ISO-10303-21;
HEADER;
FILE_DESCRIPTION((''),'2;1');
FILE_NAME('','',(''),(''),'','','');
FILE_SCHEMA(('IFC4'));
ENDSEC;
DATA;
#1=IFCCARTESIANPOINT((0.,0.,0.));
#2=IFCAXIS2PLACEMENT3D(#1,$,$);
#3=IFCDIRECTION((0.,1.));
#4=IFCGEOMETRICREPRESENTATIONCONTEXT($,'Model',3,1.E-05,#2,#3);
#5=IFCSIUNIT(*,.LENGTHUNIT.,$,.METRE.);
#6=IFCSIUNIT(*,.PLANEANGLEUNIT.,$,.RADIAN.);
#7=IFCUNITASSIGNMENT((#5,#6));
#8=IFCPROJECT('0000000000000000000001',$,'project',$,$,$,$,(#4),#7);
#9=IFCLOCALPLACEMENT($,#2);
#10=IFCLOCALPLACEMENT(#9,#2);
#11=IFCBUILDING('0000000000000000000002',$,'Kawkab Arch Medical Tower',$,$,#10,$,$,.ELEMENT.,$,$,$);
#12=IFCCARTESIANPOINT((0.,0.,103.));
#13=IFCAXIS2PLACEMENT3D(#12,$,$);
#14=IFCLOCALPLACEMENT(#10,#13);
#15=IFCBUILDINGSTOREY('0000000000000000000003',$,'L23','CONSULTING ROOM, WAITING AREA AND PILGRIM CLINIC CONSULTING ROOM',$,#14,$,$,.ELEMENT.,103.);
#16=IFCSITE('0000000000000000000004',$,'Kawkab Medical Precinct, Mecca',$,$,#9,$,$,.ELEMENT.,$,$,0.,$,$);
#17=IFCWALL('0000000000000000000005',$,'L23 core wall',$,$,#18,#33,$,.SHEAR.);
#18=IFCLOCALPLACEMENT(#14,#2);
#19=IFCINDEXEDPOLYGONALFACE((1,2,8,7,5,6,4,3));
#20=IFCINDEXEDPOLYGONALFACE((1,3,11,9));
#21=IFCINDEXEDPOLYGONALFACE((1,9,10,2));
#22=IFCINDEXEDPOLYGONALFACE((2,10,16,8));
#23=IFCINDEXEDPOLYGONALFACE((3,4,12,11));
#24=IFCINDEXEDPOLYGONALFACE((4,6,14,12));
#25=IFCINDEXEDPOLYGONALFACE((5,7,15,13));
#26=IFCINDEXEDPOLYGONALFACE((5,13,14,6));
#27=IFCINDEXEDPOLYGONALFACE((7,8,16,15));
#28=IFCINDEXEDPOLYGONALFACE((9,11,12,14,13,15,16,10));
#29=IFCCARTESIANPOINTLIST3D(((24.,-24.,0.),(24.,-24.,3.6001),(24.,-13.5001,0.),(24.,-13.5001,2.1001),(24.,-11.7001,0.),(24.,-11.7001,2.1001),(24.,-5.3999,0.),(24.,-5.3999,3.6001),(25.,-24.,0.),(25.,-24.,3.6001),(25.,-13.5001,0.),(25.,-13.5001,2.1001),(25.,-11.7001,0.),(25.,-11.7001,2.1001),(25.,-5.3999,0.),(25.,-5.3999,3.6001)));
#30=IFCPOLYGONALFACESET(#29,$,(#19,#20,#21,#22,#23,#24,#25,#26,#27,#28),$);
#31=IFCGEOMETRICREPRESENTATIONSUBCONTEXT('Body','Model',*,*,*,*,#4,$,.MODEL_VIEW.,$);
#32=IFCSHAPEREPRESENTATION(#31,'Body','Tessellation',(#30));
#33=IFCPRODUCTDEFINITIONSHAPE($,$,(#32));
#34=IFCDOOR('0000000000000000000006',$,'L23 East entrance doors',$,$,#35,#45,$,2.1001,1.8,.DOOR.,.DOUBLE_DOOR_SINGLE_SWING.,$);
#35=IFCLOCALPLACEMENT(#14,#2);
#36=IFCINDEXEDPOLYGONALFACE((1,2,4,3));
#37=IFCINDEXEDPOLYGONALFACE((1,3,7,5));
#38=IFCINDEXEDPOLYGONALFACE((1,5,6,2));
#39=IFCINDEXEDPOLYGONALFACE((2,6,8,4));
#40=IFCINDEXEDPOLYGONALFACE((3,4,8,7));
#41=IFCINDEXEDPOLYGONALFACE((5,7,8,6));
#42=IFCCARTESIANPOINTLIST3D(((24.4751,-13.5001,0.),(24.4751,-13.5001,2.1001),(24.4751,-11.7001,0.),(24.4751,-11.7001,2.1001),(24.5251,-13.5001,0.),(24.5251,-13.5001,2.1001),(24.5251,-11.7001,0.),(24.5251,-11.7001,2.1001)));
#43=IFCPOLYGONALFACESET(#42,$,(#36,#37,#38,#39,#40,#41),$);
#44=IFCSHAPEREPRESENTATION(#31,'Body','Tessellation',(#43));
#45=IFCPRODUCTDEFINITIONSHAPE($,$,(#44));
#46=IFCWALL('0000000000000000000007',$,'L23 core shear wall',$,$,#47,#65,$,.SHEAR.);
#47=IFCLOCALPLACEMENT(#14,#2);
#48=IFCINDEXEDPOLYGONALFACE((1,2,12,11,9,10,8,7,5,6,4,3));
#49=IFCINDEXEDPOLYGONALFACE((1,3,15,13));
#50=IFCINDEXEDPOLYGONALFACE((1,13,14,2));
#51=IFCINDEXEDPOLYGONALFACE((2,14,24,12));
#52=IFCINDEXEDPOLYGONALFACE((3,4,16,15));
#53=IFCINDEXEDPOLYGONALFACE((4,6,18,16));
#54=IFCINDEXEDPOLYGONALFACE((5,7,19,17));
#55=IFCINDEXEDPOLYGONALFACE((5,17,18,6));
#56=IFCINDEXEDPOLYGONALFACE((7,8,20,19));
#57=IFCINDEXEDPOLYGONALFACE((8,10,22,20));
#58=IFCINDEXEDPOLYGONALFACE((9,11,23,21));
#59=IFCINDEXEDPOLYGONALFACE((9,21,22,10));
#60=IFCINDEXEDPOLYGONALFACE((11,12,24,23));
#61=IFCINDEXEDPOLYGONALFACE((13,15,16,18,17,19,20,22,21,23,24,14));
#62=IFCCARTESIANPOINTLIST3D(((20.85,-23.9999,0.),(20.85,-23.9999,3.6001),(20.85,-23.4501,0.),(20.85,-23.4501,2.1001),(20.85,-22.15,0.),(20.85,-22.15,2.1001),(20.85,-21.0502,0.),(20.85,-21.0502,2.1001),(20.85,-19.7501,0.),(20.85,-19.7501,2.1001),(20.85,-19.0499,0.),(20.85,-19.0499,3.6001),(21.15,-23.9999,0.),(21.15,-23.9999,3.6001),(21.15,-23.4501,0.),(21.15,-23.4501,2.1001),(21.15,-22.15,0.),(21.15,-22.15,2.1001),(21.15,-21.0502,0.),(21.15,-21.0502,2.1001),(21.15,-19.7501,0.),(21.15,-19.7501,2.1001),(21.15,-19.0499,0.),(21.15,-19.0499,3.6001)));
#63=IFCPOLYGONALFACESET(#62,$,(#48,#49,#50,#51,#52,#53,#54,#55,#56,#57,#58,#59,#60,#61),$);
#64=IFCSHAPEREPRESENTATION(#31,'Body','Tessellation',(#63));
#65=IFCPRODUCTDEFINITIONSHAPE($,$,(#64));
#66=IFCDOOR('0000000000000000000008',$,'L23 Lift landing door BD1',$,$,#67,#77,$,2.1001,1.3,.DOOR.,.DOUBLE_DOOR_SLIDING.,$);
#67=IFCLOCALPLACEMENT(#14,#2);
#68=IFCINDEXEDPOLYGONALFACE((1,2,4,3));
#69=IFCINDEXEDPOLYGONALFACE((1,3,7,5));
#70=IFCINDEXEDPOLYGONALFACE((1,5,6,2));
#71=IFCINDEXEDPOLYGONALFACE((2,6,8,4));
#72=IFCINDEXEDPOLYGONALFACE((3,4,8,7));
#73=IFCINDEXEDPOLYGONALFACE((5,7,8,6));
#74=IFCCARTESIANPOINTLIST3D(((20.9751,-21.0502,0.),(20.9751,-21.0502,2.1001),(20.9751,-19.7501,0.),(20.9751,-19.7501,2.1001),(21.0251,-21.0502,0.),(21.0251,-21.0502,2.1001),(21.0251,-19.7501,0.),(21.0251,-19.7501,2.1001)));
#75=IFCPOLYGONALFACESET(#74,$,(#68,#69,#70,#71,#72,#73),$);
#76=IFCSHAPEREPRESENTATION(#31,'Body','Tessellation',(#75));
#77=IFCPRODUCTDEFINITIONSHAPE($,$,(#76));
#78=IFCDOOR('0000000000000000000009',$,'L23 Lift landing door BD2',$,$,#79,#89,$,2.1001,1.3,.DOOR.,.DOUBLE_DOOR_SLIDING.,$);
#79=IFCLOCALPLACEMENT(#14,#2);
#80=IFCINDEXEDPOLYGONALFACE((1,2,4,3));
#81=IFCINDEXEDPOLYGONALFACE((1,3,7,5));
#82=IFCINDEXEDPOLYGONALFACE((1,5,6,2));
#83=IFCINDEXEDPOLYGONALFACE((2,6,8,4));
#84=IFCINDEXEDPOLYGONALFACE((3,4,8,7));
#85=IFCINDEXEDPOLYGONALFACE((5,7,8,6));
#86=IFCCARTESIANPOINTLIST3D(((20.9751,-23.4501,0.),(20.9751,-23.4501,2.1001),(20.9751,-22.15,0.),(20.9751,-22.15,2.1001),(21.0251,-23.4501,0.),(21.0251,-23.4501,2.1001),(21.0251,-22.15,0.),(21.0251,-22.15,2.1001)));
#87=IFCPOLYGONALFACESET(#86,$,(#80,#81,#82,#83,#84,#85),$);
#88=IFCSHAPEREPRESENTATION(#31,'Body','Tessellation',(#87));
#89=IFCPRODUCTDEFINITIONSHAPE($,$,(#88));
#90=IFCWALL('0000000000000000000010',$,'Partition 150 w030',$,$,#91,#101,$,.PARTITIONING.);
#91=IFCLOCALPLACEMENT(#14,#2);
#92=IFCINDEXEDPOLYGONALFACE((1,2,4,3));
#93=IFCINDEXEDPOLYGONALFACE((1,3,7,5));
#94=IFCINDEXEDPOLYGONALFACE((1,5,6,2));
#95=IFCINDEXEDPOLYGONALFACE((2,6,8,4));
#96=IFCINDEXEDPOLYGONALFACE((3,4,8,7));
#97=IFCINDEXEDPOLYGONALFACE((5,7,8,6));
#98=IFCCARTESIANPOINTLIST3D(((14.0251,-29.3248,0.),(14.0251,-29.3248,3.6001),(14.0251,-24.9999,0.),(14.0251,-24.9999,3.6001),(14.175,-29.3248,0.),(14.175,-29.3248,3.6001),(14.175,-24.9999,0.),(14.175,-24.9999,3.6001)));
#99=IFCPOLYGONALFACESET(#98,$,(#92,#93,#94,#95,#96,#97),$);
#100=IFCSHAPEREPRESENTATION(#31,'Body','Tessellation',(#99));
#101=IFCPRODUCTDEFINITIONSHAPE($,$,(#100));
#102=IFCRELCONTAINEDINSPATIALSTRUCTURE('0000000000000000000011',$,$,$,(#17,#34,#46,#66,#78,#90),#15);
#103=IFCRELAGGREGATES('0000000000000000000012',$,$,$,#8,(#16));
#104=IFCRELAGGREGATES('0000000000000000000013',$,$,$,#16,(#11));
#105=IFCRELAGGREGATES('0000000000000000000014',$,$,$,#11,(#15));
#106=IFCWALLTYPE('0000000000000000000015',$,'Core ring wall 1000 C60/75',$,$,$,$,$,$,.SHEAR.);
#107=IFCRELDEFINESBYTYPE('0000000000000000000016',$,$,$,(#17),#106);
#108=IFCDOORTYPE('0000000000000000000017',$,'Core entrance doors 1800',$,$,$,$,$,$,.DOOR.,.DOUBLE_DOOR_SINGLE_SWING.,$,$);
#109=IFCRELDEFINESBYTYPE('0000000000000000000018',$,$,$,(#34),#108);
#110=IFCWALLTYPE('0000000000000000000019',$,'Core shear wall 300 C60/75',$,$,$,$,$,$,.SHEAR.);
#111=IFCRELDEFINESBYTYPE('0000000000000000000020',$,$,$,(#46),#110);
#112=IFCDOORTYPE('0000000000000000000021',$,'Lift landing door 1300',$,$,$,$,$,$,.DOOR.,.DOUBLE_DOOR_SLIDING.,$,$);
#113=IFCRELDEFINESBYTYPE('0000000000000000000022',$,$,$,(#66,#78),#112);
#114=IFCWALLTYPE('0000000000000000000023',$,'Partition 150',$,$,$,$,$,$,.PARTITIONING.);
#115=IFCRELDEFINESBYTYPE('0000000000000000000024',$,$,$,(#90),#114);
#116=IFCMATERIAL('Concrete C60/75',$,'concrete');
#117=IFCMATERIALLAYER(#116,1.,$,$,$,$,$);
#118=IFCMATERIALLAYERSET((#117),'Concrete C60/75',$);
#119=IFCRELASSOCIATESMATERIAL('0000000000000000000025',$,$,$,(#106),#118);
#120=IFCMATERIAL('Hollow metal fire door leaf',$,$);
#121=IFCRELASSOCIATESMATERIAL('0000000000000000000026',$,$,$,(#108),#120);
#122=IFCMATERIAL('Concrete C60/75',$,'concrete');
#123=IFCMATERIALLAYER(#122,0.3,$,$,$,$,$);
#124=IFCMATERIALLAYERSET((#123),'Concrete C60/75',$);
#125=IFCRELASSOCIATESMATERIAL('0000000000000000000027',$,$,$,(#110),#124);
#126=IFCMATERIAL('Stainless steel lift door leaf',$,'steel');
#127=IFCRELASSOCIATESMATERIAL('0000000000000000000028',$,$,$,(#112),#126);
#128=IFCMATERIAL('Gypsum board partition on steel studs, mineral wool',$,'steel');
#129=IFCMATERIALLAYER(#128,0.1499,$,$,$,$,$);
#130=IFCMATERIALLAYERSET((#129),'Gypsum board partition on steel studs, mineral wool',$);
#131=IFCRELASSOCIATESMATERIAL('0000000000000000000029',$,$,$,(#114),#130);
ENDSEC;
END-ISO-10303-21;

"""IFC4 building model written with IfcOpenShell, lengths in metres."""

from ifc_helpers import new_model, si_unit, direction, frame, frame_2d, origin, place, context, subcontext, project, spatial, rectangle, extrude, material, layer, layer_set, type_object, element, fill, save


model = new_model("IFC4")

# Units and contexts
model_context = context("Model", 3, precision=1e-05, world=origin(), true_north=direction((0.0, 1.0)))
body_context = subcontext(model_context, "Body", "Model", "MODEL_VIEW")
ifc_project = project(units=[si_unit("LENGTHUNIT", "METRE"), si_unit("PLANEANGLEUNIT", "RADIAN")], contexts=[model_context])

# Site, building, storey
site_placement = place(None, origin())
site = spatial("IfcSite", under=ifc_project, at=site_placement, Name="Kawkab Medical Precinct, Mecca", CompositionType="ELEMENT", RefElevation=0.0)
building_placement = place(site_placement, origin())
building = spatial("IfcBuilding", under=site, at=building_placement, Name="Kawkab Arch Medical Tower", CompositionType="ELEMENT")
storey_placement = place(building_placement, frame((0.0, 0.0, 103.0)))
storey = spatial("IfcBuildingStorey", under=building, at=storey_placement, Name="L23", Description="CONSULTING ROOM, WAITING AREA AND PILGRIM CLINIC CONSULTING ROOM", CompositionType="ELEMENT", Elevation=103.0)

# Wall, opening, door
ifc_material_1 = material(Name="Concrete C60/75", Category="concrete")
ifc_layer_1 = layer(ifc_material_1, 1.0)
ifc_layer_set_1 = layer_set([ifc_layer_1], Name="Concrete C60/75")
wall_type_1 = type_object("IfcWallType", Name="Core ring wall 1000 C60/75", PredefinedType="SHEAR", material=ifc_layer_set_1)
wall_1_placement = place(storey_placement, frame((24.5, -24.0, 0.0), z_axis=(0.0, 0.0, 1.0), x_axis=(0.0, 1.0, 0.0)))
wall_1 = element("IfcWall", 1, at=wall_1_placement, inside=storey, type_object=wall_type_1, Name="L23 core wall", PredefinedType="SHEAR", context=body_context, shape_type="SweptSolid", body=[
    extrude(rectangle(XDim=18.6001, YDim=1.0, at=frame_2d((9.3, 0.0))), origin(), (0.0, 0.0, 1.0), 3.6001),
])
opening_1_placement = place(wall_1_placement, frame((10.5, 0.0, 0.0)))
opening_1 = element("IfcOpeningElement", 2, at=opening_1_placement, cuts=wall_1, PredefinedType="OPENING", context=body_context, shape_type="SweptSolid", body=[
    extrude(rectangle(XDim=1.8, YDim=2.1001, at=frame_2d((0.8999, 1.05))), frame((0.0, 0.51, 0.0), z_axis=(0.0, -1.0, 0.0), x_axis=(1.0, 0.0, 0.0)), (0.0, 0.0, 1.0), 1.02),
])
ifc_material_2 = material(Name="Hollow metal fire door leaf")
door_type_1 = type_object("IfcDoorType", Name="Core entrance doors 1800", OperationType="DOUBLE_DOOR_SINGLE_SWING", PredefinedType="DOOR", material=ifc_material_2)
door_1_placement = place(opening_1_placement, origin())
door_1 = element("IfcDoor", 3, at=door_1_placement, inside=storey, type_object=door_type_1, Name="L23 East entrance doors", OperationType="DOUBLE_DOOR_SINGLE_SWING", OverallHeight=2.1001, OverallWidth=1.8, PredefinedType="DOOR", context=body_context, shape_type="SweptSolid", body=[
    extrude(rectangle(XDim=1.8, YDim=2.1001, at=frame_2d((0.8999, 1.05))), frame((0.0, 0.0249, 0.0), z_axis=(0.0, -1.0, 0.0), x_axis=(1.0, 0.0, 0.0)), (0.0, 0.0, 1.0), 0.05),
])
fill(opening_1, door_1)

# Wall, openings, doors
ifc_material_3 = material(Name="Concrete C60/75", Category="concrete")
ifc_layer_2 = layer(ifc_material_3, 0.3)
ifc_layer_set_2 = layer_set([ifc_layer_2], Name="Concrete C60/75")
wall_type_2 = type_object("IfcWallType", Name="Core shear wall 300 C60/75", PredefinedType="SHEAR", material=ifc_layer_set_2)
wall_2_placement = place(storey_placement, frame((21.0, -24.0, 0.0), z_axis=(0.0, 0.0, 1.0), x_axis=(0.0, 1.0, 0.0)))
wall_2 = element("IfcWall", 4, at=wall_2_placement, inside=storey, type_object=wall_type_2, Name="L23 core shear wall", PredefinedType="SHEAR", context=body_context, shape_type="SweptSolid", body=[
    extrude(rectangle(XDim=4.95, YDim=0.3, at=frame_2d((2.4751, 0.0))), origin(), (0.0, 0.0, 1.0), 3.6001),
])
opening_2_placement = place(wall_2_placement, frame((2.95, 0.0, 0.0)))
opening_2 = element("IfcOpeningElement", 5, at=opening_2_placement, cuts=wall_2, PredefinedType="OPENING", context=body_context, shape_type="SweptSolid", body=[
    extrude(rectangle(XDim=1.3, YDim=2.1001, at=frame_2d((0.6499, 1.05))), frame((0.0, 0.1599, 0.0), z_axis=(0.0, -1.0, 0.0), x_axis=(1.0, 0.0, 0.0)), (0.0, 0.0, 1.0), 0.3201),
])
opening_3_placement = place(wall_2_placement, frame((0.55, 0.0, 0.0)))
opening_3 = element("IfcOpeningElement", 6, at=opening_3_placement, cuts=wall_2, PredefinedType="OPENING", context=body_context, shape_type="SweptSolid", body=[
    extrude(rectangle(XDim=1.3, YDim=2.1001, at=frame_2d((0.6499, 1.05))), frame((0.0, 0.1599, 0.0), z_axis=(0.0, -1.0, 0.0), x_axis=(1.0, 0.0, 0.0)), (0.0, 0.0, 1.0), 0.3201),
])
ifc_material_4 = material(Name="Stainless steel lift door leaf", Category="steel")
door_type_2 = type_object("IfcDoorType", Name="Lift landing door 1300", OperationType="DOUBLE_DOOR_SLIDING", PredefinedType="DOOR", material=ifc_material_4)
door_2_placement = place(opening_2_placement, origin())
door_2 = element("IfcDoor", 7, at=door_2_placement, inside=storey, type_object=door_type_2, Name="L23 Lift landing door BD1", OperationType="DOUBLE_DOOR_SLIDING", OverallHeight=2.1001, OverallWidth=1.3, PredefinedType="DOOR", context=body_context, shape_type="SweptSolid", body=[
    extrude(rectangle(XDim=1.3, YDim=2.1001, at=frame_2d((0.6499, 1.05))), frame((0.0, 0.0249, 0.0), z_axis=(0.0, -1.0, 0.0), x_axis=(1.0, 0.0, 0.0)), (0.0, 0.0, 1.0), 0.05),
])
fill(opening_2, door_2)
door_3_placement = place(opening_3_placement, origin())
door_3 = element("IfcDoor", 8, at=door_3_placement, inside=storey, type_object=door_type_2, Name="L23 Lift landing door BD2", OperationType="DOUBLE_DOOR_SLIDING", OverallHeight=2.1001, OverallWidth=1.3, PredefinedType="DOOR", context=body_context, shape_type="SweptSolid", body=[
    extrude(rectangle(XDim=1.3, YDim=2.1001, at=frame_2d((0.6499, 1.05))), frame((0.0, 0.0249, 0.0), z_axis=(0.0, -1.0, 0.0), x_axis=(1.0, 0.0, 0.0)), (0.0, 0.0, 1.0), 0.05),
])
fill(opening_3, door_3)

# Wall
ifc_material_5 = material(Name="Gypsum board partition on steel studs, mineral wool", Category="steel")
ifc_layer_3 = layer(ifc_material_5, 0.1499)
ifc_layer_set_3 = layer_set([ifc_layer_3], Name="Gypsum board partition on steel studs, mineral wool")
wall_type_3 = type_object("IfcWallType", Name="Partition 150", PredefinedType="PARTITIONING", material=ifc_layer_set_3)
wall_3_placement = place(storey_placement, frame((14.1001, -29.325, 0.0), z_axis=(0.0, 0.0, 1.0), x_axis=(0.0, 1.0, 0.0)))
element("IfcWall", 9, at=wall_3_placement, inside=storey, type_object=wall_type_3, Name="Partition 150 w030", PredefinedType="PARTITIONING", context=body_context, shape_type="SweptSolid", body=[
    extrude(rectangle(XDim=4.325, YDim=0.1499, at=frame_2d((2.1626, 0.0))), origin(), (0.0, 0.0, 1.0), 3.6001),
])

save(model, "model.ifc")
